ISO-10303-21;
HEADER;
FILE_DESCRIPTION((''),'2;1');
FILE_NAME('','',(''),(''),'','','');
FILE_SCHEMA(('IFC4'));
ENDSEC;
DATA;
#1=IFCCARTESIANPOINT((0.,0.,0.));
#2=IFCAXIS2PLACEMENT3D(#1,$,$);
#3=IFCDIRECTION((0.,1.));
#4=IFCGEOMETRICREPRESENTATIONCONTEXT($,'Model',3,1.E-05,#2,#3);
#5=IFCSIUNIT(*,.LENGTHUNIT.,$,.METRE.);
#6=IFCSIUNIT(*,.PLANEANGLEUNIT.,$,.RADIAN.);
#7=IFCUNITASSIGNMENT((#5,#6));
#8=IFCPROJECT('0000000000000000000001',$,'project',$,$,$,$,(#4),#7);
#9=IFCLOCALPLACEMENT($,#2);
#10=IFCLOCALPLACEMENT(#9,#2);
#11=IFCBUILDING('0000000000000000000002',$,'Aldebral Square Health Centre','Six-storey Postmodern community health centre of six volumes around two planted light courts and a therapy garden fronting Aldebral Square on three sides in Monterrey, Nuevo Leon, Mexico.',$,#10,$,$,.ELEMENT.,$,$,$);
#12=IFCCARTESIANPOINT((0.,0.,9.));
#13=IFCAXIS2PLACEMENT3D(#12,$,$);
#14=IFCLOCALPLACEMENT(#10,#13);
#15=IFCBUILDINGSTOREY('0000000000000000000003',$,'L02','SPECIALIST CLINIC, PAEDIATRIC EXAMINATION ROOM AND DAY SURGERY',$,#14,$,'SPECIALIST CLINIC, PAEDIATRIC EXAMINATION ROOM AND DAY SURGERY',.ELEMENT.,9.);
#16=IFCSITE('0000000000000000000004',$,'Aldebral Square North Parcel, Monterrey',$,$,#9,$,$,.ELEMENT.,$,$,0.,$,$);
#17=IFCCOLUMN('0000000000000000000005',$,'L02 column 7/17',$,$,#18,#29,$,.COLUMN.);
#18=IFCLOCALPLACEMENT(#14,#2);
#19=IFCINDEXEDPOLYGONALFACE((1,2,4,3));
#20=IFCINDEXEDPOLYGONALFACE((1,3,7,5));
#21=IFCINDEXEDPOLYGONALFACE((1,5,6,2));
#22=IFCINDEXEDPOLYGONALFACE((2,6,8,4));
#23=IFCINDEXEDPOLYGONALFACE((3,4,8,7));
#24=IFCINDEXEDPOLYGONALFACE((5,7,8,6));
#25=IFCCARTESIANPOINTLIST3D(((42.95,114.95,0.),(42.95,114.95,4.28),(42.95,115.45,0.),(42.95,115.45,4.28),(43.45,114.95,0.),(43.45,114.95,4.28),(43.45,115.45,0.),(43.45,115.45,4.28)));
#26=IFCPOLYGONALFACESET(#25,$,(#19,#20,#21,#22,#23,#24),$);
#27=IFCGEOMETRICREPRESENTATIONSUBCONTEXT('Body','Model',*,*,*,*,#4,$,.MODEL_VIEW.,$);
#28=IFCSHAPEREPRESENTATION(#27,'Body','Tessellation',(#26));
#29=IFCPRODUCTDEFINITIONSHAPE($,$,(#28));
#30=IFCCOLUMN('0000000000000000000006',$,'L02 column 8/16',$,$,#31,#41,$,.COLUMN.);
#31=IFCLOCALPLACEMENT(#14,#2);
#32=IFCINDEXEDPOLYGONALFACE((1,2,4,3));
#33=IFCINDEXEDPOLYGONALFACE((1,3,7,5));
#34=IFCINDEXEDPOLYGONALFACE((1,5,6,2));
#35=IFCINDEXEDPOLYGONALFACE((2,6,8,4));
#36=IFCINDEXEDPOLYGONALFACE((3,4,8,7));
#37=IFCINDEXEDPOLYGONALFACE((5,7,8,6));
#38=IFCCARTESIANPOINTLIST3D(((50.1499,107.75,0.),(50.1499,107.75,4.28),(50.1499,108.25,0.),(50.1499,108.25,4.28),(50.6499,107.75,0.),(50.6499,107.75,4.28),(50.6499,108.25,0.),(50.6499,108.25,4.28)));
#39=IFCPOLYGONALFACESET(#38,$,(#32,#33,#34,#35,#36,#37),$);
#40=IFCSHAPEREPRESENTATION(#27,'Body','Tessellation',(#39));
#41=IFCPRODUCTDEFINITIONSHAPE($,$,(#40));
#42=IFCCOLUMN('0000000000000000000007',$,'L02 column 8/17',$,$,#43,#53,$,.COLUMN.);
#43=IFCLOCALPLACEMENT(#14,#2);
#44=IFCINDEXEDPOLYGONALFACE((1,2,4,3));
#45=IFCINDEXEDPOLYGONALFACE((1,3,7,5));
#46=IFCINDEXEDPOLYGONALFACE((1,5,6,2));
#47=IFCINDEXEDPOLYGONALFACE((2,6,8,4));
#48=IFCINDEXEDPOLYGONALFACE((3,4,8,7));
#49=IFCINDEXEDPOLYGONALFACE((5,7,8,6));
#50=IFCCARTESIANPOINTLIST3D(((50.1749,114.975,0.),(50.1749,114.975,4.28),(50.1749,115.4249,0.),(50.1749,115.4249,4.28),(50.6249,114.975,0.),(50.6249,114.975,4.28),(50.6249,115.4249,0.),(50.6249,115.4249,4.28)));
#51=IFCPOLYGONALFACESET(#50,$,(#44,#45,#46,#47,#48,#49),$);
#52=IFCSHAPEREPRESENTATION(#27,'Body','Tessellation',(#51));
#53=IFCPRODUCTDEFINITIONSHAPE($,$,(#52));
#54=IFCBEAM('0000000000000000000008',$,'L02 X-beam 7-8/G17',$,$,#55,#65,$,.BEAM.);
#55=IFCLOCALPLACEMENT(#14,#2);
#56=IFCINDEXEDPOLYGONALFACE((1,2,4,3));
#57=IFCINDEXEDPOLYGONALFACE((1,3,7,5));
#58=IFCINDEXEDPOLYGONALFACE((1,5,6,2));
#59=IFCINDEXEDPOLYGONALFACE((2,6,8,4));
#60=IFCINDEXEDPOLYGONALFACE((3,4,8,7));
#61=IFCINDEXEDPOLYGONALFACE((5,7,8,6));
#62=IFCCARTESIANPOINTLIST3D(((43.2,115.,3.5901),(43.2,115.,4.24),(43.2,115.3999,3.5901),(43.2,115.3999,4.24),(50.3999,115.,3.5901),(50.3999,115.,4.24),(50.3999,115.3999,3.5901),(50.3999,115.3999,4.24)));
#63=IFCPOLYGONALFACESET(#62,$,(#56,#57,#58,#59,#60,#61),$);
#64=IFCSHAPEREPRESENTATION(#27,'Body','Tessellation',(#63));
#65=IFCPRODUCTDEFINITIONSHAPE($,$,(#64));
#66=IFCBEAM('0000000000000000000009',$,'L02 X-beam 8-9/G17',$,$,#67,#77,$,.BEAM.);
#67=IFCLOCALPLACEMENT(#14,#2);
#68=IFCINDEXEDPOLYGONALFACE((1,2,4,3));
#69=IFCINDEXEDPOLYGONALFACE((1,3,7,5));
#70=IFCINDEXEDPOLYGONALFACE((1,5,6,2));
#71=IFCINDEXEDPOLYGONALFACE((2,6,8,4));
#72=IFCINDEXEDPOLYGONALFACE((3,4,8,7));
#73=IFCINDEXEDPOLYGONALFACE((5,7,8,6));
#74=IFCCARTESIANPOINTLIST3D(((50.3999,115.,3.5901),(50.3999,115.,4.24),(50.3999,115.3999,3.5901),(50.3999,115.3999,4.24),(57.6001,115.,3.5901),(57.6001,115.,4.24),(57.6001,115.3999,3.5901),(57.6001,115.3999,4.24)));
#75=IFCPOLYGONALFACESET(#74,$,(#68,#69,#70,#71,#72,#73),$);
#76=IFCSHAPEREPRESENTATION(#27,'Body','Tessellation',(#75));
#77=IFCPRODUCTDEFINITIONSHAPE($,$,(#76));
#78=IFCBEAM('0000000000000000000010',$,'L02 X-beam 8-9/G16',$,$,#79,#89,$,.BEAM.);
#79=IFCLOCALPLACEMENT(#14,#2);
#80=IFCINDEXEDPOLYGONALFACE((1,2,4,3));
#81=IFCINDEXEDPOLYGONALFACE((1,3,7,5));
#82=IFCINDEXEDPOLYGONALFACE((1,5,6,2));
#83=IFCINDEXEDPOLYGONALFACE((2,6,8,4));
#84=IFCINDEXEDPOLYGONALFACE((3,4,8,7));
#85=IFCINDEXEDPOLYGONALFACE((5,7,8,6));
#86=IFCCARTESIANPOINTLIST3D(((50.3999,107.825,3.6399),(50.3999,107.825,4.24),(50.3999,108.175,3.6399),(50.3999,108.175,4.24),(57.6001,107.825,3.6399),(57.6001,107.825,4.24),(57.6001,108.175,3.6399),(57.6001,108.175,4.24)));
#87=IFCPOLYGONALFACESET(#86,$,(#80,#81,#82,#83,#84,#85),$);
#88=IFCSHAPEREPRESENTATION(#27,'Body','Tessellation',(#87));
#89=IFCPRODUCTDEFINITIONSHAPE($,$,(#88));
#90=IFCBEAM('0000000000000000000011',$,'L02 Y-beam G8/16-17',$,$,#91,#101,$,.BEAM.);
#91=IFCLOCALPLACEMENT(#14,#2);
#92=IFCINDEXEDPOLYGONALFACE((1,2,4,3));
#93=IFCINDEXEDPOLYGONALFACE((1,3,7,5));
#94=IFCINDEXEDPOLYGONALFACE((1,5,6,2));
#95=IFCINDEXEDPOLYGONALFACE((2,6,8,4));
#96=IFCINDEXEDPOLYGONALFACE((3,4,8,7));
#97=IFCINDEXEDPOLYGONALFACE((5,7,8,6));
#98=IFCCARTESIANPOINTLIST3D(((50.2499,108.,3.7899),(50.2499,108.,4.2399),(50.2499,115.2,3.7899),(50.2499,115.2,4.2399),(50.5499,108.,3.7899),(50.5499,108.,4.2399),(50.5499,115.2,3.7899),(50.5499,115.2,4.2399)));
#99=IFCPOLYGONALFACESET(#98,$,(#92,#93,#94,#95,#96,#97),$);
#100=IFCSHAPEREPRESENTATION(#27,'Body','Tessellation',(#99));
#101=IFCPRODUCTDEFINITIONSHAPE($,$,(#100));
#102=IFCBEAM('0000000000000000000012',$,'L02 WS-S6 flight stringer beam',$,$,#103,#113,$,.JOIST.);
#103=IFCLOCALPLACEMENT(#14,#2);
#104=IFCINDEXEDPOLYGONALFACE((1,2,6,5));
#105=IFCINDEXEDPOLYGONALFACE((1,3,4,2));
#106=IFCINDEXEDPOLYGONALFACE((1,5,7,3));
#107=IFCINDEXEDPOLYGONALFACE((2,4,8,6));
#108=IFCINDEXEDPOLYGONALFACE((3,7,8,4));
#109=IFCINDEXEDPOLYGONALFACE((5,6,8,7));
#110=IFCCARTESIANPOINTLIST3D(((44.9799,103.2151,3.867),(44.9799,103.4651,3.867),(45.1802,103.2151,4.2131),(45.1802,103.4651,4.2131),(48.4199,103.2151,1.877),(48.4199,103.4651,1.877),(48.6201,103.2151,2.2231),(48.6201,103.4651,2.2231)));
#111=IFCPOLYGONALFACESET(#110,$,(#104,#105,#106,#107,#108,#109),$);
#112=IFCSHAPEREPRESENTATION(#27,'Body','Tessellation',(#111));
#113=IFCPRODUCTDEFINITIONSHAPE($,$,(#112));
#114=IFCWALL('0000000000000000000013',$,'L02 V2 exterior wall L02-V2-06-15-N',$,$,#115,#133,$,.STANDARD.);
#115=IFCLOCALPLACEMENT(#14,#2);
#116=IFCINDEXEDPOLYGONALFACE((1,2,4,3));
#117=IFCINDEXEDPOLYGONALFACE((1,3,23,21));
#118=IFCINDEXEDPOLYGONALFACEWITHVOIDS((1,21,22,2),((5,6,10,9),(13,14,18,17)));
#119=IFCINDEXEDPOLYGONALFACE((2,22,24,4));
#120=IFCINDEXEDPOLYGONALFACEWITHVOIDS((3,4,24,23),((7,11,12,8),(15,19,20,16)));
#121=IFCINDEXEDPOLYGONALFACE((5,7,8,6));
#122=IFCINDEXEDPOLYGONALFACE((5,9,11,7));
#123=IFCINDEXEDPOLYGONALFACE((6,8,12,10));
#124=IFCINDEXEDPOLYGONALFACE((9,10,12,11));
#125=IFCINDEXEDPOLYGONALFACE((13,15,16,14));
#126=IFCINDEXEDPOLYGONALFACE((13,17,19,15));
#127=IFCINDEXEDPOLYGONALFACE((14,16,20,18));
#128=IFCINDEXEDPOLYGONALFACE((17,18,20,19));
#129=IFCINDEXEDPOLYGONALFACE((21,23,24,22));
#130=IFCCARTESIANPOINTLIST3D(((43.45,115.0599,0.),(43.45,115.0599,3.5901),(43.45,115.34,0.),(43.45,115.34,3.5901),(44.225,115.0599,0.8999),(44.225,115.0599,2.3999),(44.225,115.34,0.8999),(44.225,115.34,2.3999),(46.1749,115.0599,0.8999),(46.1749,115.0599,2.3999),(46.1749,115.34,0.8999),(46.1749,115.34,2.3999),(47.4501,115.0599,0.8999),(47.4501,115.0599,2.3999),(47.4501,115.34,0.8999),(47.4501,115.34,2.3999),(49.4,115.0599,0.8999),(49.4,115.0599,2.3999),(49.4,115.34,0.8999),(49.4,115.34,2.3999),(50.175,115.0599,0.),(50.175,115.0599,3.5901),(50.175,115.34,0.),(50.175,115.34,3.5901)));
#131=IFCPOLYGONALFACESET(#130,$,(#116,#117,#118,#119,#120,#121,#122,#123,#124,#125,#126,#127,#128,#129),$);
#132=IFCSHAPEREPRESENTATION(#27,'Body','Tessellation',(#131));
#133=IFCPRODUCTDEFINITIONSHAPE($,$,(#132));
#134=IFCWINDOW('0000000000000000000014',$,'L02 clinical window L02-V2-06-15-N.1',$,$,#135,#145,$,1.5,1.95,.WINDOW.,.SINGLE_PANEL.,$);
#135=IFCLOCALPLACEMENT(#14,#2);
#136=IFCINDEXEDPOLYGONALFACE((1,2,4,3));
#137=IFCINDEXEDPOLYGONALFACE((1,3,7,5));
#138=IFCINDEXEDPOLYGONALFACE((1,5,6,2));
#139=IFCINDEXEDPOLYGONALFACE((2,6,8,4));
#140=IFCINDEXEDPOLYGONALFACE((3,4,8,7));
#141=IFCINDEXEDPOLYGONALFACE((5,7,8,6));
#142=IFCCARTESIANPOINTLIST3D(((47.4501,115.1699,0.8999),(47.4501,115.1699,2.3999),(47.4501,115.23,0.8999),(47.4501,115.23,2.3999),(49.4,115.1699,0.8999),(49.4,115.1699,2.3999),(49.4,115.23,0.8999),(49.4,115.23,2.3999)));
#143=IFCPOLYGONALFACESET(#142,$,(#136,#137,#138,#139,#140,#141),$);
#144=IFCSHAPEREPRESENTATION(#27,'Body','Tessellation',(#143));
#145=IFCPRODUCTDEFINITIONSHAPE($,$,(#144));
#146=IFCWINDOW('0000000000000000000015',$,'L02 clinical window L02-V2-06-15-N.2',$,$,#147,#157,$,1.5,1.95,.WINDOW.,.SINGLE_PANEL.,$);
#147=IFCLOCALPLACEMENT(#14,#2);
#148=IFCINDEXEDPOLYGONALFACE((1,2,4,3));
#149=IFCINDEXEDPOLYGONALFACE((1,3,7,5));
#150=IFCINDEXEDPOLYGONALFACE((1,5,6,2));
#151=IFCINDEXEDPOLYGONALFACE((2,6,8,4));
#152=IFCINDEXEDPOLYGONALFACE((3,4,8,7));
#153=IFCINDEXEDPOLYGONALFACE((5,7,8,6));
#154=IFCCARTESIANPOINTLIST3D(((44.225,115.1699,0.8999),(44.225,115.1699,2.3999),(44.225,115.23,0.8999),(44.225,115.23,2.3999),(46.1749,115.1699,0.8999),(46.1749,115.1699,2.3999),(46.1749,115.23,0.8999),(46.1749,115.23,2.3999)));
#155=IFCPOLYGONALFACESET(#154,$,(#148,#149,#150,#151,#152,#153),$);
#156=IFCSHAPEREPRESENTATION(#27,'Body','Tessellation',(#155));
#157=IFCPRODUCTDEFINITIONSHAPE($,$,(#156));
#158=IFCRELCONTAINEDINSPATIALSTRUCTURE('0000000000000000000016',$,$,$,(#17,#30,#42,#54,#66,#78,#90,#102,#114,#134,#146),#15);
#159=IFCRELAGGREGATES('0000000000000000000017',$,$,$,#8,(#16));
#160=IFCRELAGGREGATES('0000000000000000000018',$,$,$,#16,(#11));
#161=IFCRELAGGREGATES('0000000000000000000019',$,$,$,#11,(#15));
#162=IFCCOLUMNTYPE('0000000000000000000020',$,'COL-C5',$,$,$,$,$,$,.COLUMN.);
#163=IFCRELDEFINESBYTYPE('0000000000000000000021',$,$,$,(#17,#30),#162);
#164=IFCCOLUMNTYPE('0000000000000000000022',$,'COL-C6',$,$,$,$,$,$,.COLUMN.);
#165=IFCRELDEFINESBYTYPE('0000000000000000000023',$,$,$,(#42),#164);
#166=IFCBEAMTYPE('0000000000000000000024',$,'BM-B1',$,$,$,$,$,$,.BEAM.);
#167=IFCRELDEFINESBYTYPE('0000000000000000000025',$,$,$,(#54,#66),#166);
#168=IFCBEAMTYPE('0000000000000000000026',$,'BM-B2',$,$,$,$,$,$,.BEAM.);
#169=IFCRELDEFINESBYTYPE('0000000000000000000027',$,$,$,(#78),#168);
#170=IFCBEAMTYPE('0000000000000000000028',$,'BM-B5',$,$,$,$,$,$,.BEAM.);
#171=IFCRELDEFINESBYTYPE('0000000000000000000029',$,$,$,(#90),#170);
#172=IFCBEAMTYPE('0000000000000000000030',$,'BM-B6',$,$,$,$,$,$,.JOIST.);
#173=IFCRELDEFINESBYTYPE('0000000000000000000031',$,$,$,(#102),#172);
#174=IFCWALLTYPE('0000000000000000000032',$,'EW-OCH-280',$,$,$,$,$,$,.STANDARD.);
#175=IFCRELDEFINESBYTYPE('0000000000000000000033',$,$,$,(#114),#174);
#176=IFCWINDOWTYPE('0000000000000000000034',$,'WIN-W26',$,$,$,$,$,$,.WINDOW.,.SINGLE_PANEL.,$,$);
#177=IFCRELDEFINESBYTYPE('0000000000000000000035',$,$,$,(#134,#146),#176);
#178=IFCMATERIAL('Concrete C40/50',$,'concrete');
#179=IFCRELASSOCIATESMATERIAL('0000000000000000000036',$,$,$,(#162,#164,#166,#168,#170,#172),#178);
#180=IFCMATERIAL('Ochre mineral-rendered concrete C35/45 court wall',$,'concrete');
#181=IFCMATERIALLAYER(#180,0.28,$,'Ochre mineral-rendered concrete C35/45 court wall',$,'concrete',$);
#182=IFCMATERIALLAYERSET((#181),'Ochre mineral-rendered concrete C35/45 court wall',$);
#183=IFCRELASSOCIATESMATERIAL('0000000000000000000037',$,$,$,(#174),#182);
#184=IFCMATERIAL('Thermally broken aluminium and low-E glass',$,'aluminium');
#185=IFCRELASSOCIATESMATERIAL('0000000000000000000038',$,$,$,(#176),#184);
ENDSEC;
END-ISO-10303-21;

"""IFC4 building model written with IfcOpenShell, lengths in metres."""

from ifc_helpers import new_model, si_unit, direction, frame, frame_2d, origin, origin_2d, place, context, subcontext, project, spatial, rectangle, extrude, material, layer, layer_set, material_profile, profile_set, type_object, element, fill, save


model = new_model("IFC4")

# Units and contexts
model_context = context("Model", 3, precision=1e-05, world=origin(), true_north=direction((0.0, 1.0)))
body_context = subcontext(model_context, "Body", "Model", "MODEL_VIEW")
ifc_project = project(units=[si_unit("LENGTHUNIT", "METRE"), si_unit("PLANEANGLEUNIT", "RADIAN")], contexts=[model_context])

# Site, building, storey
site_placement = place(None, origin())
site = spatial("IfcSite", under=ifc_project, at=site_placement, Name="Aldebral Square North Parcel, Monterrey", CompositionType="ELEMENT", RefElevation=0.0)
building_placement = place(site_placement, origin())
building = spatial("IfcBuilding", under=site, at=building_placement, Name="Aldebral Square Health Centre", Description="Six-storey Postmodern community health centre of six volumes around two planted light courts and a therapy garden fronting Aldebral Square on three sides in Monterrey, Nuevo Leon, Mexico.", CompositionType="ELEMENT")
storey_placement = place(building_placement, frame((0.0, 0.0, 9.0)))
storey = spatial("IfcBuildingStorey", under=building, at=storey_placement, Name="L02", Description="SPECIALIST CLINIC, PAEDIATRIC EXAMINATION ROOM AND DAY SURGERY", LongName="SPECIALIST CLINIC, PAEDIATRIC EXAMINATION ROOM AND DAY SURGERY", CompositionType="ELEMENT", Elevation=9.0)

# Columns
ifc_material_1 = material(Name="Concrete C40/50", Category="concrete")
ifc_material_profile_1 = material_profile(ifc_material_1, rectangle(XDim=0.5, YDim=0.5, at=origin_2d()), Name="RC 500x500")
ifc_profile_set_1 = profile_set([ifc_material_profile_1], Name="Concrete C40/50")
column_type_1 = type_object("IfcColumnType", Name="COL-C5", PredefinedType="COLUMN", material=ifc_profile_set_1)
for number, where, z_axis, x_axis, name in (
    (1, (43.2, 115.2, 0.0), (0.0, 0.0, 1.0), (1.0, 0.0, 0.0), "L02 column 7/17"),
    (2, (50.3999, 108.0, 0.0), (0.0, 0.0, 1.0), (1.0, 0.0, 0.0), "L02 column 8/16"),
):
    element("IfcColumn", number, at=place(storey_placement, frame(where, z_axis=z_axis, x_axis=x_axis)), inside=storey, type_object=column_type_1, Name=name, PredefinedType="COLUMN", context=body_context, shape_type="SweptSolid", body=[
        extrude(rectangle(XDim=0.5, YDim=0.5, at=origin_2d()), origin(), (0.0, 0.0, 1.0), 4.28),
    ])
ifc_material_profile_2 = material_profile(ifc_material_1, rectangle(XDim=0.45, YDim=0.45, at=origin_2d()), Name="RC 450x450")
ifc_profile_set_2 = profile_set([ifc_material_profile_2], Name="Concrete C40/50")
column_type_2 = type_object("IfcColumnType", Name="COL-C6", PredefinedType="COLUMN", material=ifc_profile_set_2)
column_placement = place(storey_placement, frame((50.3999, 115.2, 0.0), z_axis=(0.0, 0.0, 1.0), x_axis=(1.0, 0.0, 0.0)))
element("IfcColumn", 3, at=column_placement, inside=storey, type_object=column_type_2, Name="L02 column 8/17", PredefinedType="COLUMN", context=body_context, shape_type="SweptSolid", body=[
    extrude(rectangle(XDim=0.45, YDim=0.45, at=origin_2d()), origin(), (0.0, 0.0, 1.0), 4.28),
])

# Beams
ifc_material_profile_3 = material_profile(ifc_material_1, rectangle(XDim=0.3999, YDim=0.6499, at=origin_2d()), Name="RC 400x650")
ifc_profile_set_3 = profile_set([ifc_material_profile_3], Name="Concrete C40/50")
beam_type_1 = type_object("IfcBeamType", Name="BM-B1", PredefinedType="BEAM", material=ifc_profile_set_3)
beam_1_placement = place(storey_placement, frame((43.2, 115.2, 3.915), z_axis=(1.0, 0.0, 0.0), x_axis=(0.0, 1.0, 0.0)))
element("IfcBeam", 4, at=beam_1_placement, inside=storey, type_object=beam_type_1, Name="L02 X-beam 7-8/G17", PredefinedType="BEAM", context=body_context, shape_type="SweptSolid", body=[
    extrude(rectangle(XDim=0.3999, YDim=0.6499, at=origin_2d()), origin(), (0.0, 0.0, 1.0), 7.2),
])
beam_2_placement = place(storey_placement, frame((50.3999, 115.2, 3.915), z_axis=(1.0, 0.0, 0.0), x_axis=(0.0, 1.0, 0.0)))
element("IfcBeam", 5, at=beam_2_placement, inside=storey, type_object=beam_type_1, Name="L02 X-beam 8-9/G17", PredefinedType="BEAM", context=body_context, shape_type="SweptSolid", body=[
    extrude(rectangle(XDim=0.3999, YDim=0.6499, at=origin_2d()), origin(), (0.0, 0.0, 1.0), 7.2002),
])
ifc_material_profile_4 = material_profile(ifc_material_1, rectangle(XDim=0.3501, YDim=0.6001, at=origin_2d()), Name="RC 350x600")
ifc_profile_set_4 = profile_set([ifc_material_profile_4], Name="Concrete C40/50")
beam_type_2 = type_object("IfcBeamType", Name="BM-B2", PredefinedType="BEAM", material=ifc_profile_set_4)
beam_3_placement = place(storey_placement, frame((50.3999, 108.0, 3.9399), z_axis=(1.0, 0.0, 0.0), x_axis=(0.0, 1.0, 0.0)))
element("IfcBeam", 6, at=beam_3_placement, inside=storey, type_object=beam_type_2, Name="L02 X-beam 8-9/G16", PredefinedType="BEAM", context=body_context, shape_type="SweptSolid", body=[
    extrude(rectangle(XDim=0.3501, YDim=0.6001, at=origin_2d()), origin(), (0.0, 0.0, 1.0), 7.2002),
])
ifc_material_profile_5 = material_profile(ifc_material_1, rectangle(XDim=0.3, YDim=0.45, at=origin_2d()), Name="RC 300x450")
ifc_profile_set_5 = profile_set([ifc_material_profile_5], Name="Concrete C40/50")
beam_type_3 = type_object("IfcBeamType", Name="BM-B5", PredefinedType="BEAM", material=ifc_profile_set_5)
beam_4_placement = place(storey_placement, frame((50.3999, 108.0, 4.0149), z_axis=(0.0, 1.0, 0.0), x_axis=(-1.0, 0.0, 0.0)))
element("IfcBeam", 7, at=beam_4_placement, inside=storey, type_object=beam_type_3, Name="L02 Y-beam G8/16-17", PredefinedType="BEAM", context=body_context, shape_type="SweptSolid", body=[
    extrude(rectangle(XDim=0.3, YDim=0.45, at=origin_2d()), origin(), (0.0, 0.0, 1.0), 7.2),
])
ifc_material_profile_6 = material_profile(ifc_material_1, rectangle(XDim=0.25, YDim=0.3999, at=origin_2d()), Name="RC 250x400")
ifc_profile_set_6 = profile_set([ifc_material_profile_6], Name="Concrete C40/50")
beam_type_4 = type_object("IfcBeamType", Name="BM-B6", PredefinedType="JOIST", material=ifc_profile_set_6)
beam_5_placement = place(storey_placement, frame((48.52, 103.3401, 2.05), z_axis=(-0.865596, 0.0, 0.500743), x_axis=(0.0, -1.0, 0.0)))
element("IfcBeam", 8, at=beam_5_placement, inside=storey, type_object=beam_type_4, Name="L02 WS-S6 flight stringer beam", PredefinedType="JOIST", context=body_context, shape_type="SweptSolid", body=[
    extrude(rectangle(XDim=0.25, YDim=0.3999, at=origin_2d()), origin(), (0.0, 0.0, 1.0), 3.9741),
])

# Wall, openings, windows
ifc_material_2 = material(Name="Ochre mineral-rendered concrete C35/45 court wall", Category="concrete")
ifc_layer_1 = layer(ifc_material_2, 0.28, Name="Ochre mineral-rendered concrete C35/45 court wall", Category="concrete")
ifc_layer_set_1 = layer_set([ifc_layer_1], Name="Ochre mineral-rendered concrete C35/45 court wall")
wall_type_1 = type_object("IfcWallType", Name="EW-OCH-280", PredefinedType="STANDARD", material=ifc_layer_set_1)
wall_1_placement = place(storey_placement, frame((50.175, 115.2, 0.0), z_axis=(0.0, 0.0, 1.0), x_axis=(-1.0, 0.0, 0.0)))
wall_1 = element("IfcWall", 9, at=wall_1_placement, inside=storey, type_object=wall_type_1, Name="L02 V2 exterior wall L02-V2-06-15-N", PredefinedType="STANDARD", context=body_context, shape_type="SweptSolid", body=[
    extrude(rectangle(XDim=6.7251, YDim=0.28, at=frame_2d((3.3625, 0.0))), origin(), (0.0, 0.0, 1.0), 3.5901),
])
opening_1_placement = place(wall_1_placement, frame((0.7749, 0.0, 0.8999)))
opening_1 = element("IfcOpeningElement", 10, at=opening_1_placement, cuts=wall_1, PredefinedType="OPENING", context=body_context, shape_type="SweptSolid", body=[
    extrude(rectangle(XDim=1.95, YDim=1.5, at=frame_2d((0.9751, 0.75))), frame((0.0, 0.1499, 0.0), z_axis=(0.0, -1.0, 0.0), x_axis=(1.0, 0.0, 0.0)), (0.0, 0.0, 1.0), 0.3),
])
opening_2_placement = place(wall_1_placement, frame((4.0, 0.0, 0.8999)))
opening_2 = element("IfcOpeningElement", 11, at=opening_2_placement, cuts=wall_1, PredefinedType="OPENING", context=body_context, shape_type="SweptSolid", body=[
    extrude(rectangle(XDim=1.95, YDim=1.5, at=frame_2d((0.9751, 0.75))), frame((0.0, 0.1499, 0.0), z_axis=(0.0, -1.0, 0.0), x_axis=(1.0, 0.0, 0.0)), (0.0, 0.0, 1.0), 0.3),
])
ifc_material_3 = material(Name="Thermally broken aluminium and low-E glass", Category="aluminium")
window_type = type_object("IfcWindowType", Name="WIN-W26", PartitioningType="SINGLE_PANEL", PredefinedType="WINDOW", material=ifc_material_3)
window_1_placement = place(opening_1_placement, origin())
window_1 = element("IfcWindow", 12, at=window_1_placement, inside=storey, type_object=window_type, Name="L02 clinical window L02-V2-06-15-N.1", OverallHeight=1.5, OverallWidth=1.95, PartitioningType="SINGLE_PANEL", PredefinedType="WINDOW", context=body_context, shape_type="SweptSolid", body=[
    extrude(rectangle(XDim=1.95, YDim=1.5, at=frame_2d((0.9751, 0.75))), frame((0.0, 0.03, 0.0), z_axis=(0.0, -1.0, 0.0), x_axis=(1.0, 0.0, 0.0)), (0.0, 0.0, 1.0), 0.0601),
])
fill(opening_1, window_1)
window_2_placement = place(opening_2_placement, origin())
window_2 = element("IfcWindow", 13, at=window_2_placement, inside=storey, type_object=window_type, Name="L02 clinical window L02-V2-06-15-N.2", OverallHeight=1.5, OverallWidth=1.95, PartitioningType="SINGLE_PANEL", PredefinedType="WINDOW", context=body_context, shape_type="SweptSolid", body=[
    extrude(rectangle(XDim=1.95, YDim=1.5, at=frame_2d((0.9751, 0.75))), frame((0.0, 0.03, 0.0), z_axis=(0.0, -1.0, 0.0), x_axis=(1.0, 0.0, 0.0)), (0.0, 0.0, 1.0), 0.0601),
])
fill(opening_2, window_2)

save(model, "model.ifc")
